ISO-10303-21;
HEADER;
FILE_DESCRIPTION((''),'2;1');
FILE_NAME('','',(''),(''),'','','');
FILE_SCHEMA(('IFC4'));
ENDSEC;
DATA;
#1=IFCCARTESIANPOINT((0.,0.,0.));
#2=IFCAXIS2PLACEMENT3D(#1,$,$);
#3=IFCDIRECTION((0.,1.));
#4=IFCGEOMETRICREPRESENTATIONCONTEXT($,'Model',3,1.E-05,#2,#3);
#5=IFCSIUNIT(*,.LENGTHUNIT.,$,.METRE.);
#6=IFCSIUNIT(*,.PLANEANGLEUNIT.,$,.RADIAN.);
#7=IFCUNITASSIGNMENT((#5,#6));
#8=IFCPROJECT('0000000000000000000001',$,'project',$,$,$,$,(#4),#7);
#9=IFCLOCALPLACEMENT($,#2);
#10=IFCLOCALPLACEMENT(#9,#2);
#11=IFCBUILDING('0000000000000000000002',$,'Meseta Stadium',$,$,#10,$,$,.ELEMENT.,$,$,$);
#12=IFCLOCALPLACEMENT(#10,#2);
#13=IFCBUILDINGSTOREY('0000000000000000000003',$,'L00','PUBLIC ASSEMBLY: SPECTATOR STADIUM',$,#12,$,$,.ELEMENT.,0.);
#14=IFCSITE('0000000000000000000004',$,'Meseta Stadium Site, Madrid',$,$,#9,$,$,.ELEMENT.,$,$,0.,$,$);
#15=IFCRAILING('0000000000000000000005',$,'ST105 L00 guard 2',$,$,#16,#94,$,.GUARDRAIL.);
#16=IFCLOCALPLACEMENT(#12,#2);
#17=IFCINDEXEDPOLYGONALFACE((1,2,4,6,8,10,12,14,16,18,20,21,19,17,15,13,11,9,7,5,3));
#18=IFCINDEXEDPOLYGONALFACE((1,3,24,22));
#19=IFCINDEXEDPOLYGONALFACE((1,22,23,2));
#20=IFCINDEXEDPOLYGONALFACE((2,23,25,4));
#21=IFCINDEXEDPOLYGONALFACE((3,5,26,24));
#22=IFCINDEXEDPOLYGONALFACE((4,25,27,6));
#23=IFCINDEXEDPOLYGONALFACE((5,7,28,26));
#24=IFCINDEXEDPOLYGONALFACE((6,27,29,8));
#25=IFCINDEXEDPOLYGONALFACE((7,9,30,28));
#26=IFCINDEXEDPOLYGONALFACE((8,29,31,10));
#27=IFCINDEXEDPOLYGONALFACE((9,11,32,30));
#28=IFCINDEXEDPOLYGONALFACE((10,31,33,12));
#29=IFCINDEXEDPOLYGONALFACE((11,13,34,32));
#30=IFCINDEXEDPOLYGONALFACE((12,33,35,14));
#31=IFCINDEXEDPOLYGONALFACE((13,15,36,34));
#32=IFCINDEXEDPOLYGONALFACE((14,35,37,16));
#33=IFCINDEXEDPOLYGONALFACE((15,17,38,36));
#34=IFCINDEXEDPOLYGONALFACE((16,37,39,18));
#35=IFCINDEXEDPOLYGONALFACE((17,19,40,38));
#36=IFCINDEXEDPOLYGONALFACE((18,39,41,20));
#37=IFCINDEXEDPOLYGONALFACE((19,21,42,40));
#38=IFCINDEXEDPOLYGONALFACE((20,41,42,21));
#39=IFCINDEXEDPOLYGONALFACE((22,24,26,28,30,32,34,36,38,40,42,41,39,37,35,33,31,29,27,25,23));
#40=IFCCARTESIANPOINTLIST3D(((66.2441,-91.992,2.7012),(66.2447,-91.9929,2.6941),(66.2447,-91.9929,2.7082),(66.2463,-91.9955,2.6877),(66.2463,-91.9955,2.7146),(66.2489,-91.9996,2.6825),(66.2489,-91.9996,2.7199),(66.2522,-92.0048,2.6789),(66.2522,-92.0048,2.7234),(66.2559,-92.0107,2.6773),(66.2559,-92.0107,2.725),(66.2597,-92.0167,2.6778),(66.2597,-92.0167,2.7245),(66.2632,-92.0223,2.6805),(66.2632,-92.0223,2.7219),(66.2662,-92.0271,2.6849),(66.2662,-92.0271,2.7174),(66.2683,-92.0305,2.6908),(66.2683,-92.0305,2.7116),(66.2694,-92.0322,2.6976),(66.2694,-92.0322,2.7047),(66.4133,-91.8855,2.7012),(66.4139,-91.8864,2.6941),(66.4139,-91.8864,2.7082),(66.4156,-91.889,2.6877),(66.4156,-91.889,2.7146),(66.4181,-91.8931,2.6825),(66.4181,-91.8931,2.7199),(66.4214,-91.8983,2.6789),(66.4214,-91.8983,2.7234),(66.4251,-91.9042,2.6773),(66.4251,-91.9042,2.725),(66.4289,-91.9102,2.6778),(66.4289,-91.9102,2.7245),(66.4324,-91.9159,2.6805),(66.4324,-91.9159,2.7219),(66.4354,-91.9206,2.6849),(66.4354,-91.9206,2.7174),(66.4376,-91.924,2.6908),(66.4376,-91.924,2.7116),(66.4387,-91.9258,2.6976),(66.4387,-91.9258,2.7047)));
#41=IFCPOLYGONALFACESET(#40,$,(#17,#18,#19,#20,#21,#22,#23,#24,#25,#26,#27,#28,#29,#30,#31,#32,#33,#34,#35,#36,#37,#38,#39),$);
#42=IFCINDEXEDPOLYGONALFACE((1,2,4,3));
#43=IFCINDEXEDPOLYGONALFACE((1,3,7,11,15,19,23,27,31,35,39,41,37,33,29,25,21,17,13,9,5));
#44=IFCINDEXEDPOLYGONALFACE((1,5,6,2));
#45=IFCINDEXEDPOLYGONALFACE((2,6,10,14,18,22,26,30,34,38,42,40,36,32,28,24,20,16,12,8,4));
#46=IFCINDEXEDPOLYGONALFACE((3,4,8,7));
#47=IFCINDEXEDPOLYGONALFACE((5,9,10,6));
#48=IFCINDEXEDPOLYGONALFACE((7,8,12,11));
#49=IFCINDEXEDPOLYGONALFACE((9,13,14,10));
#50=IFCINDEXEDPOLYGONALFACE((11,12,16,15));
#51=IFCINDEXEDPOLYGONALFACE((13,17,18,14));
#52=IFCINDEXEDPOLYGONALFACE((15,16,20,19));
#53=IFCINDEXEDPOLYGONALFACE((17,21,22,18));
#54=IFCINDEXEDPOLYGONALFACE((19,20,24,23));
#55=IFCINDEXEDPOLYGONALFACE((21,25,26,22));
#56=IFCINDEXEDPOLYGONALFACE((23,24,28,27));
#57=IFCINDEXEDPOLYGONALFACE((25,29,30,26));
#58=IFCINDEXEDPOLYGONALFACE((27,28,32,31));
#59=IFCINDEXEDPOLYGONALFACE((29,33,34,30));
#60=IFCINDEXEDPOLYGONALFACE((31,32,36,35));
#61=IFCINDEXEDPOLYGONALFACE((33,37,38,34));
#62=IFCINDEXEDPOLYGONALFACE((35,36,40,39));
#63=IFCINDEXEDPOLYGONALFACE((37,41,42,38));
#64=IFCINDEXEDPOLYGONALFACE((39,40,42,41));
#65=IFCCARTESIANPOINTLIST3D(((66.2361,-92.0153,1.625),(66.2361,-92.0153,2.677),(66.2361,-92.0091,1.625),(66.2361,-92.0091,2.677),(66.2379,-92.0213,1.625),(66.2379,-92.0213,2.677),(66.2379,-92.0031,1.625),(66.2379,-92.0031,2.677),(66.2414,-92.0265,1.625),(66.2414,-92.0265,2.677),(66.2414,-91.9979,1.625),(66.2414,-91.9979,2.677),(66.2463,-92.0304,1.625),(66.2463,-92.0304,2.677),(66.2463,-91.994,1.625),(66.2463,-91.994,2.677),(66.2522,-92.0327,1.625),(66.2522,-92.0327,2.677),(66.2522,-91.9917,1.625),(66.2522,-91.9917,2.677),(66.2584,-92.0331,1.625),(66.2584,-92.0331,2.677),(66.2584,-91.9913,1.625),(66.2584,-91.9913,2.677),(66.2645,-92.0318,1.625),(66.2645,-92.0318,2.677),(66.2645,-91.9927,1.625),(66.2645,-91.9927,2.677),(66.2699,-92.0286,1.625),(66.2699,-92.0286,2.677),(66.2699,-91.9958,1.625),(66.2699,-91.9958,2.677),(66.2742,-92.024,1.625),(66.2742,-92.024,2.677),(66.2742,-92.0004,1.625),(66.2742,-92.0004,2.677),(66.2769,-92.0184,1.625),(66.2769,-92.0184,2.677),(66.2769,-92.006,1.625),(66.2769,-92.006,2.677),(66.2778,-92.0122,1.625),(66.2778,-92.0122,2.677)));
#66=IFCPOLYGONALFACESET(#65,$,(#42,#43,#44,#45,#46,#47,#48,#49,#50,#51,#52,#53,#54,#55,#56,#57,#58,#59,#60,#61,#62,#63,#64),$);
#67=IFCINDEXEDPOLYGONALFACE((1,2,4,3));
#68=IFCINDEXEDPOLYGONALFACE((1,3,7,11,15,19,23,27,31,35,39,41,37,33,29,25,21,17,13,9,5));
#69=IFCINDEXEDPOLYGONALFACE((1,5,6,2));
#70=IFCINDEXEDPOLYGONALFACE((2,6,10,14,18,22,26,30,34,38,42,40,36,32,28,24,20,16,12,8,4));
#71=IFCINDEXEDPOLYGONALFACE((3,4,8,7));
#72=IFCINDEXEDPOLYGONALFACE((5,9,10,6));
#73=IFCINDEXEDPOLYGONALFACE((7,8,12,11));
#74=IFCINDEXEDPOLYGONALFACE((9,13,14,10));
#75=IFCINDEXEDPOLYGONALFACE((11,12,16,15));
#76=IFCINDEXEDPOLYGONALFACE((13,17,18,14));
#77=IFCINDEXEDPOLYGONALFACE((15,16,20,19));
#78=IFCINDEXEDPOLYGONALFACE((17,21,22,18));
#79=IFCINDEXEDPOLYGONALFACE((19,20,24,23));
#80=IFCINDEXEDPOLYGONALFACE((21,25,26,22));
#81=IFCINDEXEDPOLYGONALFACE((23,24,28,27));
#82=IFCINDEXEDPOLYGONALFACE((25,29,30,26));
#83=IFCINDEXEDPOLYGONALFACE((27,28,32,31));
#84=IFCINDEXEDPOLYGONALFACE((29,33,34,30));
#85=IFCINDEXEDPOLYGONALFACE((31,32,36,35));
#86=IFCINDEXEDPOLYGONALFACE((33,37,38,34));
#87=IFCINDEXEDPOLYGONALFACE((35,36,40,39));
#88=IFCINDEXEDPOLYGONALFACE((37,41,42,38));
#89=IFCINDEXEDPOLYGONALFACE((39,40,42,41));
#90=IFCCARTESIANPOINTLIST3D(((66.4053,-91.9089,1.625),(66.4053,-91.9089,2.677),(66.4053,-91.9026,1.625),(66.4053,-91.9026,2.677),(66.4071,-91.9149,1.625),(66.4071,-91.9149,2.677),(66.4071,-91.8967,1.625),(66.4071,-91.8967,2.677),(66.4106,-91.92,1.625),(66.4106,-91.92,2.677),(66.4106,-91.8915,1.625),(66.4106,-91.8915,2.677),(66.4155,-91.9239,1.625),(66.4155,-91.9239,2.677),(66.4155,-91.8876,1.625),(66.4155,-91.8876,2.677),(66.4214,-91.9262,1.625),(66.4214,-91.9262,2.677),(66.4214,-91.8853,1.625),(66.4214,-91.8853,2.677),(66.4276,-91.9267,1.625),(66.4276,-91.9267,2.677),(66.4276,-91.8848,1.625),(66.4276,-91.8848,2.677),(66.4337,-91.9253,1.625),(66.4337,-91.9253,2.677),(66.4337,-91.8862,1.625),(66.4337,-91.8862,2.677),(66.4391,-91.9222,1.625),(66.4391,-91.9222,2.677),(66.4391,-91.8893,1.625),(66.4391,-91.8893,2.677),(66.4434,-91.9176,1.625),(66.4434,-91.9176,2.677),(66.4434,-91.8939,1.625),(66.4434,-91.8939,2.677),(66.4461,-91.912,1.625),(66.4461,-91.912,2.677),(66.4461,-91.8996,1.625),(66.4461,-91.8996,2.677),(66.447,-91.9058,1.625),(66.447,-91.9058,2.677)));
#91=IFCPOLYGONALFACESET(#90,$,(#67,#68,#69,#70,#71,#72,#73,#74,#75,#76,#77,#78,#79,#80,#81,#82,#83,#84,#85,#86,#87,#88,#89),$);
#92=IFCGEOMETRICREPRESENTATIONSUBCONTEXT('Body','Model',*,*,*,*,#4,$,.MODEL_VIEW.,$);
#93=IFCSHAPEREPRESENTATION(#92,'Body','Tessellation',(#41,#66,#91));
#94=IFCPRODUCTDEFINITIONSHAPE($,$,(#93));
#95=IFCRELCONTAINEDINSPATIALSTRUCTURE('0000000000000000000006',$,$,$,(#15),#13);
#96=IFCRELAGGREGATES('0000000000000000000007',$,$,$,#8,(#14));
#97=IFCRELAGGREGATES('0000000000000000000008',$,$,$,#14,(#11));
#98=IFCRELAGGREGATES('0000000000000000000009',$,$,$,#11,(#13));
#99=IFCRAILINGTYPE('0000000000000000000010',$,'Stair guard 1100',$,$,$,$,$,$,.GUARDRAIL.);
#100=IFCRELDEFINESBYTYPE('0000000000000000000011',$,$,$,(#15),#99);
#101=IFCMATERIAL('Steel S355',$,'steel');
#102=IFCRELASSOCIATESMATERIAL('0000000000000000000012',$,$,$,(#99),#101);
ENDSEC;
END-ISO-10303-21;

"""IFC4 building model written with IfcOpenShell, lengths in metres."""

from ifc_helpers import new_model, si_unit, direction, frame, origin, origin_2d, place, context, subcontext, project, spatial, circle, extrude, material, type_object, element, save


model = new_model("IFC4")

# Units and contexts
model_context = context("Model", 3, precision=1e-05, world=origin(), true_north=direction((0.0, 1.0)))
body_context = subcontext(model_context, "Body", "Model", "MODEL_VIEW")
ifc_project = project(units=[si_unit("LENGTHUNIT", "METRE"), si_unit("PLANEANGLEUNIT", "RADIAN")], contexts=[model_context])

# Site, building, storey
site_placement = place(None, origin())
site = spatial("IfcSite", under=ifc_project, at=site_placement, Name="Meseta Stadium Site, Madrid", CompositionType="ELEMENT", RefElevation=0.0)
building_placement = place(site_placement, origin())
building = spatial("IfcBuilding", under=site, at=building_placement, Name="Meseta Stadium", CompositionType="ELEMENT")
storey_placement = place(building_placement, origin())
storey = spatial("IfcBuildingStorey", under=building, at=storey_placement, Name="L00", Description="PUBLIC ASSEMBLY: SPECTATOR STADIUM", CompositionType="ELEMENT", Elevation=0.0)

# Railing
ifc_material_1 = material(Name="Steel S355", Category="steel")
railing_type_1 = type_object("IfcRailingType", Name="Stair guard 1100", PredefinedType="GUARDRAIL", material=ifc_material_1)
railing_1_placement = place(storey_placement, frame((66.2568, -92.0122, 1.625)))
element("IfcRailing", 1, at=railing_1_placement, inside=storey, type_object=railing_type_1, Name="ST105 L00 guard 2", PredefinedType="GUARDRAIL", context=body_context, shape_type="SweptSolid", body=[
    extrude(circle(Radius=0.0239, at=origin_2d()), frame((0.0, 0.0, 1.0762), z_axis=(0.846416, 0.532522, 0.0), x_axis=(-0.532522, 0.846416, 0.0)), (0.0, 0.0, 1.0), 0.2),
    extrude(circle(Radius=0.021, at=origin_2d()), origin(), (0.0, 0.0, 1.0), 1.052),
    extrude(circle(Radius=0.021, at=origin_2d()), frame((0.1692, 0.1064, 0.0)), (0.0, 0.0, 1.0), 1.052),
])

save(model, "model.ifc")
